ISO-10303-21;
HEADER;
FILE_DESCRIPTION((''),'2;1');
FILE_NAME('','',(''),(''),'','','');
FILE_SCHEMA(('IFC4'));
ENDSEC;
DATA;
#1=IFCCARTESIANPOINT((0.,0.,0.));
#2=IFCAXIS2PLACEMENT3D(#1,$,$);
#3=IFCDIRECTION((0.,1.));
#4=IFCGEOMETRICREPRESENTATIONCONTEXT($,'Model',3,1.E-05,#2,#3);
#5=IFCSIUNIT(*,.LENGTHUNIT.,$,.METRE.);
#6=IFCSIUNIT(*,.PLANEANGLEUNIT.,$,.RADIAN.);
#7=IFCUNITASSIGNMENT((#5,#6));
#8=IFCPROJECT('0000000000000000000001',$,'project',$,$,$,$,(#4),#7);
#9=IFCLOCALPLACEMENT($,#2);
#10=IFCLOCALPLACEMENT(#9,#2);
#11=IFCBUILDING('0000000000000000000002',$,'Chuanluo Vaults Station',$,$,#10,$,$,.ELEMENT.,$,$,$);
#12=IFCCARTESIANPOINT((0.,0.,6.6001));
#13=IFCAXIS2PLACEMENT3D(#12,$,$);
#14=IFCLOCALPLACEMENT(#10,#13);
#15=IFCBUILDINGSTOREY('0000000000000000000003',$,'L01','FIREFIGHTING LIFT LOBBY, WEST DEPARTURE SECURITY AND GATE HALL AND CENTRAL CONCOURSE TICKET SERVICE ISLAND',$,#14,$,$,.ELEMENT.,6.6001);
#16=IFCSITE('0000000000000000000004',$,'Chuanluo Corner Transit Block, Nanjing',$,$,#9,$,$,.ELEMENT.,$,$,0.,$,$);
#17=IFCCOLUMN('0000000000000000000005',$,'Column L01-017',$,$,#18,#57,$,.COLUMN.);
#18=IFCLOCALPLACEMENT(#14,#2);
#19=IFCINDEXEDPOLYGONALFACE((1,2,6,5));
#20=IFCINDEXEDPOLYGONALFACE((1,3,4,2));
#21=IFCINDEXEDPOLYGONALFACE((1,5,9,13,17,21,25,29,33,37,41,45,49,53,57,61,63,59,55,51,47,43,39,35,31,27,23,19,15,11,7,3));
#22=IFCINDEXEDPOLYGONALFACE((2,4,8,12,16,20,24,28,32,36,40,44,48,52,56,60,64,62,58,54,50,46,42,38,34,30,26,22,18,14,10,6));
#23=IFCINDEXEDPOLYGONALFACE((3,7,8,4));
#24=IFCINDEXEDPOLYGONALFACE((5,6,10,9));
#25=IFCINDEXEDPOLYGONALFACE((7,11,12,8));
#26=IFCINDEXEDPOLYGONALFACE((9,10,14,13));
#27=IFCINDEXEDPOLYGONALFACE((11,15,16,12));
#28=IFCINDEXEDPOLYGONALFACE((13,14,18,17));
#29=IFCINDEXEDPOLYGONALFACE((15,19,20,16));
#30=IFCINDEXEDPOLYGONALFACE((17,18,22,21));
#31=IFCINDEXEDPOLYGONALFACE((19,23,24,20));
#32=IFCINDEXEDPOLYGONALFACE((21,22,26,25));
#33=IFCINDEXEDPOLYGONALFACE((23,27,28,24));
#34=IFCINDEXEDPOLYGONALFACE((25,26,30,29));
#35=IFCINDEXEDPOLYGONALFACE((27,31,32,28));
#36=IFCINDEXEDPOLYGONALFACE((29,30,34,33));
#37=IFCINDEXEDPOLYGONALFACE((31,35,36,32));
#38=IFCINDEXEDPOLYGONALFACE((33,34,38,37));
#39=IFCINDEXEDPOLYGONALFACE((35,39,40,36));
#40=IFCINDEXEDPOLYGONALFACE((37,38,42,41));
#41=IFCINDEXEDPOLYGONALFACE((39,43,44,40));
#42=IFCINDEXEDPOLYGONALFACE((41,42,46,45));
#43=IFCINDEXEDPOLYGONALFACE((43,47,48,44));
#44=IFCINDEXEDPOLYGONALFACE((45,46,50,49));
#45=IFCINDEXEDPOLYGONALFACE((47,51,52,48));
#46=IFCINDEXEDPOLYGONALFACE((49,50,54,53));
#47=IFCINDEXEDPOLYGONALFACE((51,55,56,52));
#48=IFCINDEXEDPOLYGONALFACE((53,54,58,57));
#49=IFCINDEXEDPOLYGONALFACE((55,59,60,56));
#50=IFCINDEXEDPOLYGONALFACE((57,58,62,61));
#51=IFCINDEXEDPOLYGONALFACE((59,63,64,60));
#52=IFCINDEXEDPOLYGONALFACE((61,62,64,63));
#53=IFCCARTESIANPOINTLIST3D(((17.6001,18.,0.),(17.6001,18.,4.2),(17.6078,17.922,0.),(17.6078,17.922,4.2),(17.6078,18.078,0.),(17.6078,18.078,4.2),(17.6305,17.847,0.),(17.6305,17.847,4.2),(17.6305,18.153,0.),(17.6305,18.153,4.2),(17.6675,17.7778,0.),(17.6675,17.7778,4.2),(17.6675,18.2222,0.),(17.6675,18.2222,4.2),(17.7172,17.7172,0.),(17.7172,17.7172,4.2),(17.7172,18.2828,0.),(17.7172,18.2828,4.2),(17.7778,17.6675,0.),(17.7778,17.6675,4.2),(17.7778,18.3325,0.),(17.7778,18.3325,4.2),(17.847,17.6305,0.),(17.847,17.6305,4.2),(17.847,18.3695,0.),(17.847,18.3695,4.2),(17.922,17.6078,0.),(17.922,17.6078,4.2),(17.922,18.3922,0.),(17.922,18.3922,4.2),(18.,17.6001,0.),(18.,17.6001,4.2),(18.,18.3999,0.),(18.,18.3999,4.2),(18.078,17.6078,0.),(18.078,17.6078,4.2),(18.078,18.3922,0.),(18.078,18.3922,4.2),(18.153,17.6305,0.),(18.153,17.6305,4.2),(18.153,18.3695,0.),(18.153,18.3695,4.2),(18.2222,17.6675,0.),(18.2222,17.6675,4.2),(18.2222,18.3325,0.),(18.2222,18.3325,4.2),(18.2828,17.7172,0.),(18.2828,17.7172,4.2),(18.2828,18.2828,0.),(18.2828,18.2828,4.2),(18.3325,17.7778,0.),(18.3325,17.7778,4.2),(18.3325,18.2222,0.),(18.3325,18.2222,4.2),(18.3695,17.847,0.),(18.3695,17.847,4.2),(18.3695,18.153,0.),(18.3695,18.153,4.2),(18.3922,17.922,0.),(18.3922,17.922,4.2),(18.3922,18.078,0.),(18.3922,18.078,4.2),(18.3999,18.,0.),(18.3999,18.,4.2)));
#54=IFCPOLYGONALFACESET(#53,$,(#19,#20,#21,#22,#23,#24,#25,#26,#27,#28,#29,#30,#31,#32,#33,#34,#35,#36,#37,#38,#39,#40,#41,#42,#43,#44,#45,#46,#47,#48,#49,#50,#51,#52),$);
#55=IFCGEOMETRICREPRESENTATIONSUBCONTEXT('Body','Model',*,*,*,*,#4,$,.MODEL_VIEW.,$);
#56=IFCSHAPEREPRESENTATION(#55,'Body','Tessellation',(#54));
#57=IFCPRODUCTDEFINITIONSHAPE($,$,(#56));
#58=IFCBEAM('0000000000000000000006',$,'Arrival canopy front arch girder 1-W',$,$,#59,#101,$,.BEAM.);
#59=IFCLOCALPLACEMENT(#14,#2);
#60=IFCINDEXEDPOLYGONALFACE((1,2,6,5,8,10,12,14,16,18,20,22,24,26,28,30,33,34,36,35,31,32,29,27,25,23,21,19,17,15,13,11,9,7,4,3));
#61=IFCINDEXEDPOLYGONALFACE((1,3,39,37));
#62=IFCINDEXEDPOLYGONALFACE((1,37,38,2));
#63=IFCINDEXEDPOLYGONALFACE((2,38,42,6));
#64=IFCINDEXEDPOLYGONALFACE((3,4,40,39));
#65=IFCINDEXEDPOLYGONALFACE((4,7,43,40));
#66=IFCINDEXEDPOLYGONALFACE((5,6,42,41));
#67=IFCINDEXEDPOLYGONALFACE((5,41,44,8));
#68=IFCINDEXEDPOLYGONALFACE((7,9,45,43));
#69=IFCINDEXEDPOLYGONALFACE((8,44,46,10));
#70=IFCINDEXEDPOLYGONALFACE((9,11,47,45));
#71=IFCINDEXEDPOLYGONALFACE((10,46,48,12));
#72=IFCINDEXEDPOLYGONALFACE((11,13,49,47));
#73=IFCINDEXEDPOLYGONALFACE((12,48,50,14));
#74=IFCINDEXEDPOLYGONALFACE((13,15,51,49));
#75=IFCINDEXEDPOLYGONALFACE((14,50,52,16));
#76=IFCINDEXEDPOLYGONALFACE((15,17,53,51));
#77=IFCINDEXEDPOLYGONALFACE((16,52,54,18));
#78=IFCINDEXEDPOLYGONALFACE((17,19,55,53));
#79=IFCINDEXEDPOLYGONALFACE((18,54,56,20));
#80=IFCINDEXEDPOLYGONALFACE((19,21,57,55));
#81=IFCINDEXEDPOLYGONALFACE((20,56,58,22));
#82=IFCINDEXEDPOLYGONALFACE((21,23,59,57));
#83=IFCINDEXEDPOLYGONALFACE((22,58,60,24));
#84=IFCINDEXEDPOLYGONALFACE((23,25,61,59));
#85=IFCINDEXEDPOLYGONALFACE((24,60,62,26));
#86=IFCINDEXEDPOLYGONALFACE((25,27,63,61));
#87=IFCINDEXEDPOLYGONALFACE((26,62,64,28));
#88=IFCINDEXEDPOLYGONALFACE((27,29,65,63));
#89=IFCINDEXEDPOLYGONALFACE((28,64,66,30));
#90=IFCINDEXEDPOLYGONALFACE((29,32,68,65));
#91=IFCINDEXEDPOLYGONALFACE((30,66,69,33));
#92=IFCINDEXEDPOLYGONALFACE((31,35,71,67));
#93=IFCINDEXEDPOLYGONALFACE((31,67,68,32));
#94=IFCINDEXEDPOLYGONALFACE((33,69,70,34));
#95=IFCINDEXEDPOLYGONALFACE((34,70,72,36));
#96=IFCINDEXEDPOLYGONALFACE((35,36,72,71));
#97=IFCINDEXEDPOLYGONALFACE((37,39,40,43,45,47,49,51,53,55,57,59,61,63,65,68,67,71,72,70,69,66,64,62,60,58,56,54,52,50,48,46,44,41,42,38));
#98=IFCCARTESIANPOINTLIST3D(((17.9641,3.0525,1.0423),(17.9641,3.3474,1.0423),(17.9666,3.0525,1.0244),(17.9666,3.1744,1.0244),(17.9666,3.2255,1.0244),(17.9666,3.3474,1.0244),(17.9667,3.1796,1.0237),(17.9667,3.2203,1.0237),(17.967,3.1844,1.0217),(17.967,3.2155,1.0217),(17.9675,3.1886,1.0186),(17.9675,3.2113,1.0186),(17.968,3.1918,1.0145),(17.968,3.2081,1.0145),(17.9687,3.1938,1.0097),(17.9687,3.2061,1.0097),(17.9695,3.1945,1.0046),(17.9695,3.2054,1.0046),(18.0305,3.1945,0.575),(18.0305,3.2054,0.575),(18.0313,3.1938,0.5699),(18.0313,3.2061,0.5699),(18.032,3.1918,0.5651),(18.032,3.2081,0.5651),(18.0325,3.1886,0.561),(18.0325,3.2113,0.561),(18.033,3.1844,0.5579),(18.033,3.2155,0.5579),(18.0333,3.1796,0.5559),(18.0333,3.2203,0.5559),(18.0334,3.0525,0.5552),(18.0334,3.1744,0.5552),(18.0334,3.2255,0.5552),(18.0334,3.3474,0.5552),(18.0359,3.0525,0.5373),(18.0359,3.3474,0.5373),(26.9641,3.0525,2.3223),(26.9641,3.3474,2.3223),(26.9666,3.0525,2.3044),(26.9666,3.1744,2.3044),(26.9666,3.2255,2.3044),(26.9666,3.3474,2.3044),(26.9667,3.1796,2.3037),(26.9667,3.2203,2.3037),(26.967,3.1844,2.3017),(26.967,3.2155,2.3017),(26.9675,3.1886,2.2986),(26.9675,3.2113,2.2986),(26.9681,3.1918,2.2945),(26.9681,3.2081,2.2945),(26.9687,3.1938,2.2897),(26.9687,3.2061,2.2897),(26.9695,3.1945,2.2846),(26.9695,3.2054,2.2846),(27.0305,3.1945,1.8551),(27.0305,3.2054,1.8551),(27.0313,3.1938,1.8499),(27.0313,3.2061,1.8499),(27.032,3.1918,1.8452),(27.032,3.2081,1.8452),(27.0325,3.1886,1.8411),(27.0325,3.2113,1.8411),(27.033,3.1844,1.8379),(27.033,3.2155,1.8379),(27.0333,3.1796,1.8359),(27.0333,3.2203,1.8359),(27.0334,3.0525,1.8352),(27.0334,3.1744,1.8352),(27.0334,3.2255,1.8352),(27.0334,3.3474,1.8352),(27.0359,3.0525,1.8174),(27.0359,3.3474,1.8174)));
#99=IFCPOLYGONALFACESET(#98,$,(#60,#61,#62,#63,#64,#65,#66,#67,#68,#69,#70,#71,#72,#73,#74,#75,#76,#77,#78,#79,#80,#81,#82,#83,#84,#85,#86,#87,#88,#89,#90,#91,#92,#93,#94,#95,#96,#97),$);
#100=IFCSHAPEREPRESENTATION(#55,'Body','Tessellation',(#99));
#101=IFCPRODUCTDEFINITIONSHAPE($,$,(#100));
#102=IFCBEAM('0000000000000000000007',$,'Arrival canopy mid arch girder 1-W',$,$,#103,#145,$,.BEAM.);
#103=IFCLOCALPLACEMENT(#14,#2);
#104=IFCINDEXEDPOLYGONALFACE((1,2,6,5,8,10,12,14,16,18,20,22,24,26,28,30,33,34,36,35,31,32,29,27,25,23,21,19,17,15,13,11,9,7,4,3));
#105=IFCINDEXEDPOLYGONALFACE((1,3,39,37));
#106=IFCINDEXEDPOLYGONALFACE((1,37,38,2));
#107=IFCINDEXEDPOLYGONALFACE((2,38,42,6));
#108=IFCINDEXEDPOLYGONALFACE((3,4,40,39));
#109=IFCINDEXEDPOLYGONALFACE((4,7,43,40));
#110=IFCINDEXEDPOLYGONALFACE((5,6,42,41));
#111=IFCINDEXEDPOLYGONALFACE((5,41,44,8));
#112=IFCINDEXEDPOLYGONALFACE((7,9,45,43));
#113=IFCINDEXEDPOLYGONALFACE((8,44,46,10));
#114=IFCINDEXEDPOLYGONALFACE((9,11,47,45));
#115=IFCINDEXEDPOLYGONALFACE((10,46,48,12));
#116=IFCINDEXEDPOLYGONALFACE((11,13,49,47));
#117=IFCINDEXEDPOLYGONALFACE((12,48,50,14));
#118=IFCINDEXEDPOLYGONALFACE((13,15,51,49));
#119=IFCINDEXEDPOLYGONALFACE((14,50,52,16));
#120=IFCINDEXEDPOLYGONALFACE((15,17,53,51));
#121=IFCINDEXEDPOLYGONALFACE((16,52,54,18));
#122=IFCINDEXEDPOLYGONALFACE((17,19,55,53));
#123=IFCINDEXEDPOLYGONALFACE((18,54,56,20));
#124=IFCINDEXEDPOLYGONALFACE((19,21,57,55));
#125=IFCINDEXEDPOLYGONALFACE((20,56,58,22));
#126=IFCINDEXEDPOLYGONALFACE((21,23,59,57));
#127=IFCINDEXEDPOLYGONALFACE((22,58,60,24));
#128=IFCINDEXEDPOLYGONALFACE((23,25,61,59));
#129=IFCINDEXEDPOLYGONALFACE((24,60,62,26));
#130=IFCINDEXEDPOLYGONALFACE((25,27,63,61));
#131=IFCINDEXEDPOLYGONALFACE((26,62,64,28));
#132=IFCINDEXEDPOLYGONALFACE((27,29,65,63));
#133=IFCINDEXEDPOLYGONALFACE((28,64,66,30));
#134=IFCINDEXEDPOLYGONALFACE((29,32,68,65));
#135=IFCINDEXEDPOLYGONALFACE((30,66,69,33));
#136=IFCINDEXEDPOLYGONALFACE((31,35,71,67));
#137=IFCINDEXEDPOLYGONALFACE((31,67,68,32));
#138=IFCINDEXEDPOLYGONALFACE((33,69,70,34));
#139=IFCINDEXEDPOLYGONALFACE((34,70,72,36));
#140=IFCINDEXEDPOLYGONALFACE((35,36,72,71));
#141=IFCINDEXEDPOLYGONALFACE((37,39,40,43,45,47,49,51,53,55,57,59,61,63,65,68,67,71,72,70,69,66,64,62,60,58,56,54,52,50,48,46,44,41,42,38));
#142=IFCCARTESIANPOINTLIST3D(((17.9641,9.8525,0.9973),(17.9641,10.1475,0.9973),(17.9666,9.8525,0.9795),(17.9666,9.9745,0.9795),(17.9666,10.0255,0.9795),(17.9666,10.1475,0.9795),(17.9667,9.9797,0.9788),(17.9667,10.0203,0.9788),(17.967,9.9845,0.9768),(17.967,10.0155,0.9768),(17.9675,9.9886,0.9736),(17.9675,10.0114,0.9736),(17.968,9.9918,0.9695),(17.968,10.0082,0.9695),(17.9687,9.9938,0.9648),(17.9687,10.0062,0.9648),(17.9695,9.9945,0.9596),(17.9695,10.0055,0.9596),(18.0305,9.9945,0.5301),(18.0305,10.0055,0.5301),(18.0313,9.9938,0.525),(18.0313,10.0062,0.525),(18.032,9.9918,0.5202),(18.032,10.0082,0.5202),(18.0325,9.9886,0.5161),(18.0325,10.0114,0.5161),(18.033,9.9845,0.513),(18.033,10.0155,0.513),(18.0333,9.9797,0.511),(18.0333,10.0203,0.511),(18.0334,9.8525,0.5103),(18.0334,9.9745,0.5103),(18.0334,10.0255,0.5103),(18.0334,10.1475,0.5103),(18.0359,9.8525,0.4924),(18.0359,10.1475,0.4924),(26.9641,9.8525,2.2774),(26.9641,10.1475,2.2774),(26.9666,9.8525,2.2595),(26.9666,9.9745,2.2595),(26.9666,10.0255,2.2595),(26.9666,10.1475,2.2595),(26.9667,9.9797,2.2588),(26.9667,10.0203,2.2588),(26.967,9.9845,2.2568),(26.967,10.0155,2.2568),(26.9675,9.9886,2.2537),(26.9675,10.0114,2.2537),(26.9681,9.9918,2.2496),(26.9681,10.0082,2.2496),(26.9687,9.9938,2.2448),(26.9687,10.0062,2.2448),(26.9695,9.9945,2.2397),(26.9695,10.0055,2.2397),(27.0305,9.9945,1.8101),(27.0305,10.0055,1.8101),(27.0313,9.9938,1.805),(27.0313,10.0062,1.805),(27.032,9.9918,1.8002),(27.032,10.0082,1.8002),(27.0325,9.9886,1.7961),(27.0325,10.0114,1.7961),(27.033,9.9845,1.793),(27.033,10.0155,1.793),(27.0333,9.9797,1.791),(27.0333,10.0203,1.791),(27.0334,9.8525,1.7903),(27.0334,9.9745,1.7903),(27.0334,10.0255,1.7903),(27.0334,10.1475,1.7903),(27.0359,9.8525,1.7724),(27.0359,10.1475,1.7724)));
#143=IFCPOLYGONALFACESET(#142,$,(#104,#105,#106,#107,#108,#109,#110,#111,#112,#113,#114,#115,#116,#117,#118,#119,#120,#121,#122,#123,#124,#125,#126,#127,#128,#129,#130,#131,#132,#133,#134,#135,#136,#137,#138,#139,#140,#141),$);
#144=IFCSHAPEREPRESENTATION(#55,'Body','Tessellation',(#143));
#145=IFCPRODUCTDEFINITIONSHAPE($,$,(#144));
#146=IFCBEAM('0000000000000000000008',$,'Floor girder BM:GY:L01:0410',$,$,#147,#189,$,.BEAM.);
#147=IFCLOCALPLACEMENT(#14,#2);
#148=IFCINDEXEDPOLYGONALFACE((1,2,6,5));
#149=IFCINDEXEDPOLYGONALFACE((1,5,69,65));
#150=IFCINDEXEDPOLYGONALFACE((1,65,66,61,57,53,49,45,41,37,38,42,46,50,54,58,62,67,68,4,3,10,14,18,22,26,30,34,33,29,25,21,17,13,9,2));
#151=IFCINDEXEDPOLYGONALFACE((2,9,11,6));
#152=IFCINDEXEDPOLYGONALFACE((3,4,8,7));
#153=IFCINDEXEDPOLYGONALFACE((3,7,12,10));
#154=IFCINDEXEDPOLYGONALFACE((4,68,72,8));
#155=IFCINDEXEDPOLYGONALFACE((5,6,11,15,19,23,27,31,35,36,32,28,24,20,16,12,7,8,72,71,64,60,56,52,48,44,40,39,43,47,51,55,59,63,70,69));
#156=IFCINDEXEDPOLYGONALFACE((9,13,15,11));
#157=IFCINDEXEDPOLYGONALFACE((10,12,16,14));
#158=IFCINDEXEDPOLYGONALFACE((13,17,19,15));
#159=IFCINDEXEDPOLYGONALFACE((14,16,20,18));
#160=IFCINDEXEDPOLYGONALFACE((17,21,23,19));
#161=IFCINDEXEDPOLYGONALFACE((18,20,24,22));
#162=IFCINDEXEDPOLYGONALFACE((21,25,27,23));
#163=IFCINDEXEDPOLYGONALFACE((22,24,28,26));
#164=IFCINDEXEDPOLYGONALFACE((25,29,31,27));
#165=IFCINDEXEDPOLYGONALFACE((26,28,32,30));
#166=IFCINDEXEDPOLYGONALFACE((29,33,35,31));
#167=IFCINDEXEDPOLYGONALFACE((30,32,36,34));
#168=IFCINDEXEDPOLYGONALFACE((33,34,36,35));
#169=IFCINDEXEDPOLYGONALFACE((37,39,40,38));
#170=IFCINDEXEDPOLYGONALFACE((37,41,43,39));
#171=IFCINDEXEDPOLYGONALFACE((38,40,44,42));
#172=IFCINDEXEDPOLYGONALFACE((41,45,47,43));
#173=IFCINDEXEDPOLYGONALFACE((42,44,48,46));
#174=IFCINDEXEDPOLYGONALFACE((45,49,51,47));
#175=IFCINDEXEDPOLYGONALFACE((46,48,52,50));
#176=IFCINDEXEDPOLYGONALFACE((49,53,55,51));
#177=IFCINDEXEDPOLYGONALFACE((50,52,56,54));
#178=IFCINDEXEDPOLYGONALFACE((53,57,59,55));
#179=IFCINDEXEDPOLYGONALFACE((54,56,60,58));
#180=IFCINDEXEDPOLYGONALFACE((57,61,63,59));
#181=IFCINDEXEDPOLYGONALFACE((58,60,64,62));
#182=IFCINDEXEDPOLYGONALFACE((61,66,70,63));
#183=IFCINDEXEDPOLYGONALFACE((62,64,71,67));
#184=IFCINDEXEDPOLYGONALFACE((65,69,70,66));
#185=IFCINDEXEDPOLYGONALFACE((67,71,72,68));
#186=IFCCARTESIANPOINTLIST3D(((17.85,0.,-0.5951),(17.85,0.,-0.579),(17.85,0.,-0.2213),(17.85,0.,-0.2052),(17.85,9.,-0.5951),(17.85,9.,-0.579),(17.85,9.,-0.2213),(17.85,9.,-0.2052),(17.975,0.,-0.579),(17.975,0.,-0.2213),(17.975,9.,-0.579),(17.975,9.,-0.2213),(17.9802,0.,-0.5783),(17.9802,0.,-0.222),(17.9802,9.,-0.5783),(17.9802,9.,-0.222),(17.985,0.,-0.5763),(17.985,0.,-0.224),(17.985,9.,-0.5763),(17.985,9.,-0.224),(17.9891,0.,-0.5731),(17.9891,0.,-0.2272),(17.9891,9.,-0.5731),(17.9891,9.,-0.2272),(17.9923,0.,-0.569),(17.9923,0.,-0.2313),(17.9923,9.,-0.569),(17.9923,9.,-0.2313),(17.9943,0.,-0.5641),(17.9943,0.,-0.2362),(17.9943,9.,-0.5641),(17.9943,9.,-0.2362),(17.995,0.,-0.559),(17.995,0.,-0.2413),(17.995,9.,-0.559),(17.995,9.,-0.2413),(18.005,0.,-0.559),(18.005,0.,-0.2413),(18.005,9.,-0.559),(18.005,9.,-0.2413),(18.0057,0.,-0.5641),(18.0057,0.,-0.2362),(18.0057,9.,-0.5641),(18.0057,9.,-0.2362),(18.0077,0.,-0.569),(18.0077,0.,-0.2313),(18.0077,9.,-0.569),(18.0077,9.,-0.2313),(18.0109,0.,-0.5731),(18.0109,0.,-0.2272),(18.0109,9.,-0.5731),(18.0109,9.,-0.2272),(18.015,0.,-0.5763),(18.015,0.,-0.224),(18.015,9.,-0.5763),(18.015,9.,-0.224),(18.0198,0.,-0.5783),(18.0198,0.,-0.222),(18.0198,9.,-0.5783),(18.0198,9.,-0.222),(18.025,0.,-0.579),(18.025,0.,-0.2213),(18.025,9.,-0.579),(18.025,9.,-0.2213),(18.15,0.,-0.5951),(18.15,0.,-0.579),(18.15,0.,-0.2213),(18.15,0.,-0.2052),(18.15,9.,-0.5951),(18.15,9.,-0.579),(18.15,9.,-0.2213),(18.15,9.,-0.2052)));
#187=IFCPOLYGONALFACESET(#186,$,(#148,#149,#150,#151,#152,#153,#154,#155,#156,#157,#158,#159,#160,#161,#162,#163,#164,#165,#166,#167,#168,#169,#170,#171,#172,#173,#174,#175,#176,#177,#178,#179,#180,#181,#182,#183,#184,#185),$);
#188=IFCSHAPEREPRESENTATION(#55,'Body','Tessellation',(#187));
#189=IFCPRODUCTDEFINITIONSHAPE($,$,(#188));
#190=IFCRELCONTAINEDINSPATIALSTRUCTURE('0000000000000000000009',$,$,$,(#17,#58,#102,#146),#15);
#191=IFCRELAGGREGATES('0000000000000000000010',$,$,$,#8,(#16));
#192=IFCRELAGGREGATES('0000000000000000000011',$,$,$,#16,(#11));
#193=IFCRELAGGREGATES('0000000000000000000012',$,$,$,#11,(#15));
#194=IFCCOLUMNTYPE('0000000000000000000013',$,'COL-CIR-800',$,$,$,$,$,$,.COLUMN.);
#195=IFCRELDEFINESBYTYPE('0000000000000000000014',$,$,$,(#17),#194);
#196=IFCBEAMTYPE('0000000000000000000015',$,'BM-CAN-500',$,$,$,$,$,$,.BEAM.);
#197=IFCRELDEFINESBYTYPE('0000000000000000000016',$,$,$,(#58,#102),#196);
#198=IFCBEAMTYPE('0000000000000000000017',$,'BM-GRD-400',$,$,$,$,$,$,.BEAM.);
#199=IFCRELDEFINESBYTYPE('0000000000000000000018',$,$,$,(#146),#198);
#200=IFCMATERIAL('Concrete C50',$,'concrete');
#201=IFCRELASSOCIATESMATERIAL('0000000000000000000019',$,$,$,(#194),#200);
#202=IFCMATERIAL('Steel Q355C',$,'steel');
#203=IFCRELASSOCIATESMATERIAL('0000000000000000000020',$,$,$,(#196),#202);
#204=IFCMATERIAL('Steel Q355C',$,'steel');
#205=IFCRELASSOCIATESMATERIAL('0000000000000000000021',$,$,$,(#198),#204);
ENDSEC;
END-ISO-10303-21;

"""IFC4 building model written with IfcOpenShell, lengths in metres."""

from ifc_helpers import new_model, si_unit, direction, frame, origin, origin_2d, place, context, subcontext, project, spatial, circle, i_section, extrude, material, material_profile, profile_set, type_object, element, save


model = new_model("IFC4")

# Units and contexts
model_context = context("Model", 3, precision=1e-05, world=origin(), true_north=direction((0.0, 1.0)))
body_context = subcontext(model_context, "Body", "Model", "MODEL_VIEW")
ifc_project = project(units=[si_unit("LENGTHUNIT", "METRE"), si_unit("PLANEANGLEUNIT", "RADIAN")], contexts=[model_context])

# Site, building, storey
site_placement = place(None, origin())
site = spatial("IfcSite", under=ifc_project, at=site_placement, Name="Chuanluo Corner Transit Block, Nanjing", CompositionType="ELEMENT", RefElevation=0.0)
building_placement = place(site_placement, origin())
building = spatial("IfcBuilding", under=site, at=building_placement, Name="Chuanluo Vaults Station", CompositionType="ELEMENT")
storey_placement = place(building_placement, frame((0.0, 0.0, 6.6001)))
storey = spatial("IfcBuildingStorey", under=building, at=storey_placement, Name="L01", Description="FIREFIGHTING LIFT LOBBY, WEST DEPARTURE SECURITY AND GATE HALL AND CENTRAL CONCOURSE TICKET SERVICE ISLAND", CompositionType="ELEMENT", Elevation=6.6001)

# Column
ifc_material_1 = material(Name="Concrete C50", Category="concrete")
ifc_material_profile_1 = material_profile(ifc_material_1, circle(Radius=0.3999, at=origin_2d()))
ifc_profile_set_1 = profile_set([ifc_material_profile_1], Name="Concrete C50")
column_type = type_object("IfcColumnType", Name="COL-CIR-800", PredefinedType="COLUMN", material=ifc_profile_set_1)
column_placement = place(storey_placement, frame((18.0, 18.0, 0.0), z_axis=(0.0, 0.0, 1.0), x_axis=(1.0, 0.0, 0.0)))
element("IfcColumn", 1, at=column_placement, inside=storey, type_object=column_type, Name="Column L01-017", PredefinedType="COLUMN", context=body_context, shape_type="SweptSolid", body=[
    extrude(circle(Radius=0.3999, at=origin_2d()), origin(), (0.0, 0.0, 1.0), 4.2),
])

# Beams
ifc_material_2 = material(Name="Steel Q355C", Category="steel")
ifc_material_profile_2 = material_profile(ifc_material_2, i_section(OverallWidth=0.2949, OverallDepth=0.51, WebThickness=0.011, FlangeThickness=0.0181, FilletRadius=0.02, at=origin_2d()))
ifc_profile_set_2 = profile_set([ifc_material_profile_2], Name="Steel Q355C")
beam_type_1 = type_object("IfcBeamType", Name="BM-CAN-500", PredefinedType="BEAM", material=ifc_profile_set_2)
for number, where, z_axis, x_axis, name in (
    (2, (18.0, 3.2, 0.7898), (0.990037, 0.0, 0.140808), (0.0, 1.0, 0.0), "Arrival canopy front arch girder 1-W"),
    (3, (18.0, 10.0, 0.7449), (0.990037, 0.0, 0.140808), (0.0, 1.0, 0.0), "Arrival canopy mid arch girder 1-W"),
):
    element("IfcBeam", number, at=place(storey_placement, frame(where, z_axis=z_axis, x_axis=x_axis)), inside=storey, type_object=beam_type_1, Name=name, PredefinedType="BEAM", context=body_context, shape_type="SweptSolid", body=[
        extrude(i_section(OverallWidth=0.2949, OverallDepth=0.51, WebThickness=0.011, FlangeThickness=0.0181, FilletRadius=0.02, at=origin_2d()), origin(), (0.0, 0.0, 1.0), 9.0906),
    ])
ifc_material_3 = material(Name="Steel Q355C", Category="steel")
ifc_material_profile_3 = material_profile(ifc_material_3, i_section(OverallWidth=0.3, OverallDepth=0.3899, WebThickness=0.01, FlangeThickness=0.0161, FilletRadius=0.02, at=origin_2d()))
ifc_profile_set_3 = profile_set([ifc_material_profile_3], Name="Steel Q355C")
beam_type_2 = type_object("IfcBeamType", Name="BM-GRD-400", PredefinedType="BEAM", material=ifc_profile_set_3)
for number, where, z_axis, x_axis, name in (
    (4, (18.0, 0.0, -0.4001), (0.0, 1.0, 0.0), (-1.0, 0.0, 0.0), "Floor girder BM:GY:L01:0410"),
):
    element("IfcBeam", number, at=place(storey_placement, frame(where, z_axis=z_axis, x_axis=x_axis)), inside=storey, type_object=beam_type_2, Name=name, PredefinedType="BEAM", context=body_context, shape_type="SweptSolid", body=[
        extrude(i_section(OverallWidth=0.3, OverallDepth=0.3899, WebThickness=0.01, FlangeThickness=0.0161, FilletRadius=0.02, at=origin_2d()), origin(), (0.0, 0.0, 1.0), 9.0),
    ])

save(model, "model.ifc")
